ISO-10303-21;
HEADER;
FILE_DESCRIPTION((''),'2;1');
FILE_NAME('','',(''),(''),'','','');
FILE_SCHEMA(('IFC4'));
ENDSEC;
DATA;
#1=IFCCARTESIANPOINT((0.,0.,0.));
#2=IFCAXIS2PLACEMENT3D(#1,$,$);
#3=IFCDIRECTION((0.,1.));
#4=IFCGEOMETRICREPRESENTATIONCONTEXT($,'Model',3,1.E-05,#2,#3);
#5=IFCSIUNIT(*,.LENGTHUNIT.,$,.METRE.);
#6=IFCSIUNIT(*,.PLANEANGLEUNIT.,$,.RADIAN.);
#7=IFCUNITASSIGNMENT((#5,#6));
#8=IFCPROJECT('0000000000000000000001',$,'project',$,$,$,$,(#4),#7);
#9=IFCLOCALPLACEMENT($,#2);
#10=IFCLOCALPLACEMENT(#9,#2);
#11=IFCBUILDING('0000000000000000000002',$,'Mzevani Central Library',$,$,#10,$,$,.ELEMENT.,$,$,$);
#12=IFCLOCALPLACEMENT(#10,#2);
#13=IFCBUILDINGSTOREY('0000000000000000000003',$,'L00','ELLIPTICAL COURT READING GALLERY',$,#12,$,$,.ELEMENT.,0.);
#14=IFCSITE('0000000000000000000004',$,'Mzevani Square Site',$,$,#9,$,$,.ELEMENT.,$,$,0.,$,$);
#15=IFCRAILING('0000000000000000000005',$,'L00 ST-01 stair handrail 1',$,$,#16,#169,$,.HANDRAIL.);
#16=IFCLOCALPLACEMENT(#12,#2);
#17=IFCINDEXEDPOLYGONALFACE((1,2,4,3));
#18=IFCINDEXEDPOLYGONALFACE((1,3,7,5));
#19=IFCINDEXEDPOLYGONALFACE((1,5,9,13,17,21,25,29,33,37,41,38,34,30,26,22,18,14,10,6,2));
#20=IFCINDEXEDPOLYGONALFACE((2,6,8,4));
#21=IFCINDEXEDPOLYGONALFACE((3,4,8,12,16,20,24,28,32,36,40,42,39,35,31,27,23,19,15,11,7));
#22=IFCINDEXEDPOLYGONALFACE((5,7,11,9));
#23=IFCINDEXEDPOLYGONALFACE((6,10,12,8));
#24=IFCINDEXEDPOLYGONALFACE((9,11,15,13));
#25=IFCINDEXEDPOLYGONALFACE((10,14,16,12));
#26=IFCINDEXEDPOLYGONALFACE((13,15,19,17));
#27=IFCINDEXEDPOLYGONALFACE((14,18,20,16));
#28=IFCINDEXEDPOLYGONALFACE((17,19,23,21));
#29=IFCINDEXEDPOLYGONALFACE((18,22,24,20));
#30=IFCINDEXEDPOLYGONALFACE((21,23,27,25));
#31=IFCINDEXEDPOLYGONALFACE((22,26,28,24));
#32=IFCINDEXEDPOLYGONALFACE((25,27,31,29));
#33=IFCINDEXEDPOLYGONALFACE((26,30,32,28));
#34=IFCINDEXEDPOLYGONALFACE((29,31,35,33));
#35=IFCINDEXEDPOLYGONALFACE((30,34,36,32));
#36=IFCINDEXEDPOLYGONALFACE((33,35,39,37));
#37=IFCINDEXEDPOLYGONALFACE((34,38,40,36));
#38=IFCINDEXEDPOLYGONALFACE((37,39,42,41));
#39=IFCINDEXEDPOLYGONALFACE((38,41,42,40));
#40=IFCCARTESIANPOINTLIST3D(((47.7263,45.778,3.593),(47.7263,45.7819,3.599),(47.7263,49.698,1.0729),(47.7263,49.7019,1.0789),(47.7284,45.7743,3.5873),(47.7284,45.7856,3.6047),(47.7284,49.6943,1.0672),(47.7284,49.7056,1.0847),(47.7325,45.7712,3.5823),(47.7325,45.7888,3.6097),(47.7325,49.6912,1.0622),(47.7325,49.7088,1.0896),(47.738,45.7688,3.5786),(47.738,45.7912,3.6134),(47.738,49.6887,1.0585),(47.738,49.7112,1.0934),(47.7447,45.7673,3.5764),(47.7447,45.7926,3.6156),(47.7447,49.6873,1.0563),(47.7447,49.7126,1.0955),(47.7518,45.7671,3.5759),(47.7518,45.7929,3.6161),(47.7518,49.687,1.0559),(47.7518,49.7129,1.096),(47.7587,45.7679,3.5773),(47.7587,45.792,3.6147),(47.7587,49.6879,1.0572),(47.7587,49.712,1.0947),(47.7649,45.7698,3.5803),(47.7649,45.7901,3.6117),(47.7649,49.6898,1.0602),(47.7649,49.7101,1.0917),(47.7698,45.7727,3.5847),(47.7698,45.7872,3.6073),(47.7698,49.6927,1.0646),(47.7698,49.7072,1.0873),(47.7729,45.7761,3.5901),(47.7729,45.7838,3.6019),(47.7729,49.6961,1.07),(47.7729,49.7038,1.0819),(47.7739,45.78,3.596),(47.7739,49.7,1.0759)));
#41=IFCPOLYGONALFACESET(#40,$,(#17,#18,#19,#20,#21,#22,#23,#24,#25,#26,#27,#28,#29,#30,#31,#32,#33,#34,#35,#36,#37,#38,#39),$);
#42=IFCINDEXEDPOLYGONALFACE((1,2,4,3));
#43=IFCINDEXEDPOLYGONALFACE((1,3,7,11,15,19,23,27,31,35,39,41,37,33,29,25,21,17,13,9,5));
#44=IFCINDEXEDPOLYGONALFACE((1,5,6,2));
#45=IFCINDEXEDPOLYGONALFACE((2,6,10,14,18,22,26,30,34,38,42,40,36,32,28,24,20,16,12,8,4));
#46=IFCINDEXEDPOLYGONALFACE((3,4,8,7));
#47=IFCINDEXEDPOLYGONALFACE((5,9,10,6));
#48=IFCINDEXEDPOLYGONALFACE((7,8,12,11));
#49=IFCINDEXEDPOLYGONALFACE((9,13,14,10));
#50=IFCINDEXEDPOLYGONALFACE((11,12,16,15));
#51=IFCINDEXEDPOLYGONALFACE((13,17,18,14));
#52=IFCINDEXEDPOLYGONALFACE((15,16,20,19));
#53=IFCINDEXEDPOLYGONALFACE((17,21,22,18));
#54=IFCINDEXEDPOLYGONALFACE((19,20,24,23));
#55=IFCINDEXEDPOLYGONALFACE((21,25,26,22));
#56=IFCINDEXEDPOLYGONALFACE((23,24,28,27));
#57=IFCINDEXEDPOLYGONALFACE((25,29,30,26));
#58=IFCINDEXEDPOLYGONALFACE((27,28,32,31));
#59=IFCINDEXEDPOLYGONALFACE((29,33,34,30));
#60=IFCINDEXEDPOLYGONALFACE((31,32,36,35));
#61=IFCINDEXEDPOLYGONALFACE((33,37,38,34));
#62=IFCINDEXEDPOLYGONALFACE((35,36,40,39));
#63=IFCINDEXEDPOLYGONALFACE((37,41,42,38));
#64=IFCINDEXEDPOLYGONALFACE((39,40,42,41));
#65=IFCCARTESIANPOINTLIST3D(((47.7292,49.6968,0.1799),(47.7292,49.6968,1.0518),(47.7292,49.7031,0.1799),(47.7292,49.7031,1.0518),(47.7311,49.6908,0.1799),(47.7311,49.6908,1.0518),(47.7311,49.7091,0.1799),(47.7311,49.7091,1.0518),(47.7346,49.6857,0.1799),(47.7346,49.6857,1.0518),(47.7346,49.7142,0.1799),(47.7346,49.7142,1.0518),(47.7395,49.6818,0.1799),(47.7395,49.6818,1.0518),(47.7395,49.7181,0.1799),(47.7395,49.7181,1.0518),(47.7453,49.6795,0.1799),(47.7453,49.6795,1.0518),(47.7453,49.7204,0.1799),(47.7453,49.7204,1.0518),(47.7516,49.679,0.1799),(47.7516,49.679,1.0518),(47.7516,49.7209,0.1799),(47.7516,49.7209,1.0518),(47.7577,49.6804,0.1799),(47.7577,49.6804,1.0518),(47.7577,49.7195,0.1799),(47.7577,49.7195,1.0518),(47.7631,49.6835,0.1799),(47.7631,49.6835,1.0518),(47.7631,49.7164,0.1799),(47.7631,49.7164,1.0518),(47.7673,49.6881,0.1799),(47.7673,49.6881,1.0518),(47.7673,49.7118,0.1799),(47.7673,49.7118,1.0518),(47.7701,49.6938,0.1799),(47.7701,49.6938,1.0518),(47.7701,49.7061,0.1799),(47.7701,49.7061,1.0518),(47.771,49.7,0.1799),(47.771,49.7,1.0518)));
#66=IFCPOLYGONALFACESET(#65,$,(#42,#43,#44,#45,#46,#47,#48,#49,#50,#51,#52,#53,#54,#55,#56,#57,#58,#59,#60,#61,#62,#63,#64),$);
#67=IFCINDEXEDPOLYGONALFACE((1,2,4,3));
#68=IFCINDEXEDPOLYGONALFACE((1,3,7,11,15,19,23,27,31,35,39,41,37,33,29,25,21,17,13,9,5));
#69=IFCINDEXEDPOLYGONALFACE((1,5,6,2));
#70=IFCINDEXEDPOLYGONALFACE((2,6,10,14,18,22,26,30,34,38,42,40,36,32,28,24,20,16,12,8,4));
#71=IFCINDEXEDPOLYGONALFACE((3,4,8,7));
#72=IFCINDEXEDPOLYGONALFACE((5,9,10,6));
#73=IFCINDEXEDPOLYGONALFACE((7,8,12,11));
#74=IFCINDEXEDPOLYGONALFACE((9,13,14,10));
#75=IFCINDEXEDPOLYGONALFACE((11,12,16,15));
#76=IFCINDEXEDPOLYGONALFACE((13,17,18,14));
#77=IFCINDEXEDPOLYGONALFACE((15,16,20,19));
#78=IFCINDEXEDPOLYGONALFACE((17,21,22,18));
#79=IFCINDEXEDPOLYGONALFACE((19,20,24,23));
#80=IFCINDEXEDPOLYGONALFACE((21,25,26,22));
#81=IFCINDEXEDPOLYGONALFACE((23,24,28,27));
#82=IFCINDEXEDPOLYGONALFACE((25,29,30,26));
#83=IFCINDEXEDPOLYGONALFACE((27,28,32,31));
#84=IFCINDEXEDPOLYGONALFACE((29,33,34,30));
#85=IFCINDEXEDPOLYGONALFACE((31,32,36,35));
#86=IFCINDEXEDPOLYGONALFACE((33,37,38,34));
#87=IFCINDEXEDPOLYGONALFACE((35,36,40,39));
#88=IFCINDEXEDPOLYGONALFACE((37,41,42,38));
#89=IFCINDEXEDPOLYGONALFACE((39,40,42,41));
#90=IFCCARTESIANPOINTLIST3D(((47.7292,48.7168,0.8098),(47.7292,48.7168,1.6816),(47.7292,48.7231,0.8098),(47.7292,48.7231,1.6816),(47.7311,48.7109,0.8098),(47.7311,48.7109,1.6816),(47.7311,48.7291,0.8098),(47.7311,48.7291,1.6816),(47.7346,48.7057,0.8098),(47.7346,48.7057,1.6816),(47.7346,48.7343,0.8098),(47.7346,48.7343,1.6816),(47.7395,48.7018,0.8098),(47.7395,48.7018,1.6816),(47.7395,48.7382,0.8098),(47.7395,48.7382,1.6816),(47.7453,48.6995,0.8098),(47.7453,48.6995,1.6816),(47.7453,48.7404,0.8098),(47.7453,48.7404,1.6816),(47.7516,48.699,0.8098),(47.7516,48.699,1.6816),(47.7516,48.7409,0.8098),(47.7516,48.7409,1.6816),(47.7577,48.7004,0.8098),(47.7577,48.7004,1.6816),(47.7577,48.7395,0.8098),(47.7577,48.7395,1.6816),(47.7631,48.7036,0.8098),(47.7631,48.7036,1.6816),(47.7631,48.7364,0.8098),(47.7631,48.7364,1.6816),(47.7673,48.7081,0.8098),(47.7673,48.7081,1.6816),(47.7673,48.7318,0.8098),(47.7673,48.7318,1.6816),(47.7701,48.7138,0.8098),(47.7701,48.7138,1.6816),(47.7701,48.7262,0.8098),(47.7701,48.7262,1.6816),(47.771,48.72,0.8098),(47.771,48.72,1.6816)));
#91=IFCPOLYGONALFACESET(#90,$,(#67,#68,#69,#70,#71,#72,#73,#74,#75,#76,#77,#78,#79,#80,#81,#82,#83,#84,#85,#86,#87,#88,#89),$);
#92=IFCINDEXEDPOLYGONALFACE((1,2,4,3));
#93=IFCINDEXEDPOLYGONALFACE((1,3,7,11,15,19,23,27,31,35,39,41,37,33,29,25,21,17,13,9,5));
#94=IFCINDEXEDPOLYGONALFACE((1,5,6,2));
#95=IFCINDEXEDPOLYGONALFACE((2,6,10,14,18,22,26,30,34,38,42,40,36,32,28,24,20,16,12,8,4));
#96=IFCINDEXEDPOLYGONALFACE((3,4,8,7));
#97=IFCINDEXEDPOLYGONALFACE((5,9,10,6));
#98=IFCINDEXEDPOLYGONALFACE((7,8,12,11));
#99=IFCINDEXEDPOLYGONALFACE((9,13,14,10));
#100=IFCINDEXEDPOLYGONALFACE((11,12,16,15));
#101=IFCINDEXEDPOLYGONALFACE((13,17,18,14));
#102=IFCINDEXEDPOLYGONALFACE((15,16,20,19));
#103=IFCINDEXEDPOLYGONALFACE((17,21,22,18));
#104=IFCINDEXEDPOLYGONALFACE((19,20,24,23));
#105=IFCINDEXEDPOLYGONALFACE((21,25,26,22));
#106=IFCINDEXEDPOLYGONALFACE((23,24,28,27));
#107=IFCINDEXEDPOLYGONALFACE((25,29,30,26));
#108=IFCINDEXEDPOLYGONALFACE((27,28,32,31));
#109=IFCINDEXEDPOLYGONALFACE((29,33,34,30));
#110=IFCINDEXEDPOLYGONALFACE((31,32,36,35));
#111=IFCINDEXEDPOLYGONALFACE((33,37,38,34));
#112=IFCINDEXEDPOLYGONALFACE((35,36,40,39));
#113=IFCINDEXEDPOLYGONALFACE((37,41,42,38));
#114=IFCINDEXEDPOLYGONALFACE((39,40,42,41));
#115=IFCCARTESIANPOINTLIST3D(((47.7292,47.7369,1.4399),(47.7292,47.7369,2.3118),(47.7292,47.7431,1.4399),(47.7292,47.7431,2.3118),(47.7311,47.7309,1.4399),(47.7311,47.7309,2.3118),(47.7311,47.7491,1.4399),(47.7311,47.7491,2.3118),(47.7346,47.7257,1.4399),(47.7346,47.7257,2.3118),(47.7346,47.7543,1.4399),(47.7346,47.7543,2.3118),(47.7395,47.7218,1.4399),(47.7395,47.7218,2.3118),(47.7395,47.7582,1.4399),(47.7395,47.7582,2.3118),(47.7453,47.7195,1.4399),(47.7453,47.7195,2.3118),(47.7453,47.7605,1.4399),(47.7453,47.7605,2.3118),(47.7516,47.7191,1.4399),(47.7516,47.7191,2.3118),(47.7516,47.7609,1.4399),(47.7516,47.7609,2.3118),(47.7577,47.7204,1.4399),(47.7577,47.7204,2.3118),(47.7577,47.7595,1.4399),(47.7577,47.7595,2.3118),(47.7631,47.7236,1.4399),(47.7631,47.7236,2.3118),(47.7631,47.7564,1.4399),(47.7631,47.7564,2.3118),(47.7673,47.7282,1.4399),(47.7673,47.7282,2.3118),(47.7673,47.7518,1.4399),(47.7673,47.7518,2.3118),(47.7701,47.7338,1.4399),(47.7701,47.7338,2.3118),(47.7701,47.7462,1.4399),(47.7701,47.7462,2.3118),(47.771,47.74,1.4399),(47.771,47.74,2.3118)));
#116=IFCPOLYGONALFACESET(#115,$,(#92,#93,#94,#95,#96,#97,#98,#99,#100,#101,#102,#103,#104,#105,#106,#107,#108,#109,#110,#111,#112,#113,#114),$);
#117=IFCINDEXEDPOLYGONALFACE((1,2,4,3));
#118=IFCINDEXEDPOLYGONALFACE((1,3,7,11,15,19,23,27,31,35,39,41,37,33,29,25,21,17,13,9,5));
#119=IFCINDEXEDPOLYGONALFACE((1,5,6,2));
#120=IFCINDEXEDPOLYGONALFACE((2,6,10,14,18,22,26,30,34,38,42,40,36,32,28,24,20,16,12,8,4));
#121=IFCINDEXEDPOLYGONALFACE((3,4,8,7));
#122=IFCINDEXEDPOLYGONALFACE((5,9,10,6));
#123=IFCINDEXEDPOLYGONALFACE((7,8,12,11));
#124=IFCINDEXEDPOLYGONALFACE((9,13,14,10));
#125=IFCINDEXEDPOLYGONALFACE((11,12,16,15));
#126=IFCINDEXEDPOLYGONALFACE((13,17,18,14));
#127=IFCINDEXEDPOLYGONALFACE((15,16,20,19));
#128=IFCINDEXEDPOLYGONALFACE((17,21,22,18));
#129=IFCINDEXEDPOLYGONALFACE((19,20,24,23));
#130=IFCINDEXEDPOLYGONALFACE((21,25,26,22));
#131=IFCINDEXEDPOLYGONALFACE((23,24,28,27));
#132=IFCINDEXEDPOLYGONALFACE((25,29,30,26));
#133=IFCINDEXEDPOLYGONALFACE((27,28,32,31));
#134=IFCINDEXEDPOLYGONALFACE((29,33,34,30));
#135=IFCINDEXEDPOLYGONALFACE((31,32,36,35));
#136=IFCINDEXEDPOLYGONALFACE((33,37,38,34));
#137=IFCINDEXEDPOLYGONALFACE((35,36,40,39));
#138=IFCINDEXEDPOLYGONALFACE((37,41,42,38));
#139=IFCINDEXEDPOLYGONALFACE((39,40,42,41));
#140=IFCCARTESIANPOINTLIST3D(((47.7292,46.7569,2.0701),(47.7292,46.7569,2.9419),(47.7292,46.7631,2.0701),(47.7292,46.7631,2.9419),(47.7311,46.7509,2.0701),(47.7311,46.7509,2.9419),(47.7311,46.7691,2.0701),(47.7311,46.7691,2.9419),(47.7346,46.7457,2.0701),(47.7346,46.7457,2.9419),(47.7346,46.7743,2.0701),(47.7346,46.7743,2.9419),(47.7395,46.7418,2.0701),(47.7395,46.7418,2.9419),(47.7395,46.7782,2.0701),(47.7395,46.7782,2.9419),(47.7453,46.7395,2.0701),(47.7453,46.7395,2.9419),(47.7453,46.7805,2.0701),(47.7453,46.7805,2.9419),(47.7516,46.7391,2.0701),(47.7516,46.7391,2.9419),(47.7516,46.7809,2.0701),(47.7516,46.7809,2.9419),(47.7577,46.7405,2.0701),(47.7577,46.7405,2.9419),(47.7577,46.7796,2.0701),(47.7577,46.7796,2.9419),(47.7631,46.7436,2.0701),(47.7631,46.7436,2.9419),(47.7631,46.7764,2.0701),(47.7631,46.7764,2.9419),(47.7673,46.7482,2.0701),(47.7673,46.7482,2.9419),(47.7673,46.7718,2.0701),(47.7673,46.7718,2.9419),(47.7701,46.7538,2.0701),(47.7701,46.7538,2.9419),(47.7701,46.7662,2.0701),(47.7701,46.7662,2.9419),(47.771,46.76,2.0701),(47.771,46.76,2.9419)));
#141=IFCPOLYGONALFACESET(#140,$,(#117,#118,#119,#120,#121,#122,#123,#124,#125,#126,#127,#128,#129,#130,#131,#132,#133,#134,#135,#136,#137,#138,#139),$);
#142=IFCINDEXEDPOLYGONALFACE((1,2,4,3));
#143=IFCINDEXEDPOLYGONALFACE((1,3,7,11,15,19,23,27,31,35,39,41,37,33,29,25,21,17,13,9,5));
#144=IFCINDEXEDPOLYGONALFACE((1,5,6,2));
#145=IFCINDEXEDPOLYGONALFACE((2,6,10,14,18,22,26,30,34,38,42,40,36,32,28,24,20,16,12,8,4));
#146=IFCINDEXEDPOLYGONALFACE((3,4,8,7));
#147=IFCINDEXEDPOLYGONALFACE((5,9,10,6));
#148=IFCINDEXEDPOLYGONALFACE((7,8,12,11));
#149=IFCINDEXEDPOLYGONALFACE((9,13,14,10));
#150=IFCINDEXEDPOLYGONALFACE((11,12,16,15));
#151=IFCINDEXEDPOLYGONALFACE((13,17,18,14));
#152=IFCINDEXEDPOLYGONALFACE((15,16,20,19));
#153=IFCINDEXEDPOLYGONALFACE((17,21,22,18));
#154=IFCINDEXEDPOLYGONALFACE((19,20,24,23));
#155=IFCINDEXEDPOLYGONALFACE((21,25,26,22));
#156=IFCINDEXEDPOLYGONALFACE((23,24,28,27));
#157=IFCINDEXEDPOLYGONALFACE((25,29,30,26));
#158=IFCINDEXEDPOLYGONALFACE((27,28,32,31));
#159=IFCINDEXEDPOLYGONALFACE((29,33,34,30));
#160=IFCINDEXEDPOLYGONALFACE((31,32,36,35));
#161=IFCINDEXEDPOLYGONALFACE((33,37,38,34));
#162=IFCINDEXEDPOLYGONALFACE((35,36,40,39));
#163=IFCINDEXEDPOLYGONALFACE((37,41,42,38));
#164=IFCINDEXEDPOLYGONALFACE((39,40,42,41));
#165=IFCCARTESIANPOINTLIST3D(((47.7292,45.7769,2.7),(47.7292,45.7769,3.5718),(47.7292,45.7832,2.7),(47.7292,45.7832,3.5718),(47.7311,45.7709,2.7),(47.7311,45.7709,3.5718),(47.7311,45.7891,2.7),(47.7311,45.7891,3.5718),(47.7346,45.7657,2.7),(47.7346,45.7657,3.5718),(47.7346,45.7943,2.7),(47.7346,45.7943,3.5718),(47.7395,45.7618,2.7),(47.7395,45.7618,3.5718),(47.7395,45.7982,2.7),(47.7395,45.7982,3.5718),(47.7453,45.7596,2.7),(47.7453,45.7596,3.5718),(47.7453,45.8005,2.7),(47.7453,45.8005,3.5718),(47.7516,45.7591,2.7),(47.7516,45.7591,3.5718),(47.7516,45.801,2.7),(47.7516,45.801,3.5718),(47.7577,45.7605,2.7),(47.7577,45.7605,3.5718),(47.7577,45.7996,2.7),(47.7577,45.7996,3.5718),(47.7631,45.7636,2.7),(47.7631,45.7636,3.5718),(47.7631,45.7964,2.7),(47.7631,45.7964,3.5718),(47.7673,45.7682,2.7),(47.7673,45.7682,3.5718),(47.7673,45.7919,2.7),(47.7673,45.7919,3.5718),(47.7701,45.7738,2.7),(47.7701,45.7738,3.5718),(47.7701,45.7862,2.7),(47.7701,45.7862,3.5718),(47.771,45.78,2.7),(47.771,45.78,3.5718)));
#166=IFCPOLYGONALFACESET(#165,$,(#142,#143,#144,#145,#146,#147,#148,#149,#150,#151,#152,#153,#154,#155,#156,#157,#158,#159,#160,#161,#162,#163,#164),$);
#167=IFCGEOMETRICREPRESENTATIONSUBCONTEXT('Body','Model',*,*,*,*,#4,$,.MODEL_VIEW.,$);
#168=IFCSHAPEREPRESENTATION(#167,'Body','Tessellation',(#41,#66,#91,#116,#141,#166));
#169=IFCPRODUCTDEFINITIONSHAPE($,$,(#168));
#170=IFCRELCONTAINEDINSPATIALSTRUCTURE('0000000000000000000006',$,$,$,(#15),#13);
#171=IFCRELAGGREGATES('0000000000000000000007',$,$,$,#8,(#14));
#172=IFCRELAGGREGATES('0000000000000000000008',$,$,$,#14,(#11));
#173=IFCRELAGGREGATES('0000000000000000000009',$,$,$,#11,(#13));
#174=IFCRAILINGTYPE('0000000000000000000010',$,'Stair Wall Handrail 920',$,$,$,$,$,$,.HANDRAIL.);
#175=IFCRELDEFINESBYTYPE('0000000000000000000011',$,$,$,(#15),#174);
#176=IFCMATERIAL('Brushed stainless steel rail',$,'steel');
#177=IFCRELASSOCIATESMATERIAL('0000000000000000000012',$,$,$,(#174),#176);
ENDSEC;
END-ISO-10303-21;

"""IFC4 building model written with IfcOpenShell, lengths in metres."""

from ifc_helpers import new_model, si_unit, direction, frame, origin, origin_2d, place, context, subcontext, project, spatial, circle, extrude, material, type_object, element, save


model = new_model("IFC4")

# Units and contexts
model_context = context("Model", 3, precision=1e-05, world=origin(), true_north=direction((0.0, 1.0)))
body_context = subcontext(model_context, "Body", "Model", "MODEL_VIEW")
ifc_project = project(units=[si_unit("LENGTHUNIT", "METRE"), si_unit("PLANEANGLEUNIT", "RADIAN")], contexts=[model_context])

# Site, building, storey
site_placement = place(None, origin())
site = spatial("IfcSite", under=ifc_project, at=site_placement, Name="Mzevani Square Site", CompositionType="ELEMENT", RefElevation=0.0)
building_placement = place(site_placement, origin())
building = spatial("IfcBuilding", under=site, at=building_placement, Name="Mzevani Central Library", CompositionType="ELEMENT")
storey_placement = place(building_placement, origin())
storey = spatial("IfcBuildingStorey", under=building, at=storey_placement, Name="L00", Description="ELLIPTICAL COURT READING GALLERY", CompositionType="ELEMENT", Elevation=0.0)

# Railing
ifc_material_1 = material(Name="Brushed stainless steel rail", Category="steel")
railing_type_1 = type_object("IfcRailingType", Name="Stair Wall Handrail 920", PredefinedType="HANDRAIL", material=ifc_material_1)
railing_1_placement = place(storey_placement, frame((47.75, 49.7, 0.1799)))
element("IfcRailing", 1, at=railing_1_placement, inside=storey, type_object=railing_type_1, Name="L00 ST-01 stair handrail 1", PredefinedType="HANDRAIL", context=body_context, shape_type="SweptSolid", body=[
    extrude(circle(Radius=0.0239, at=origin_2d()), frame((0.0, 0.0, 0.896), z_axis=(0.0, -0.841172, 0.540768), x_axis=(1.0, 0.0, 0.0)), (0.0, 0.0, 1.0), 4.6602),
    extrude(circle(Radius=0.021, at=origin_2d()), origin(), (0.0, 0.0, 1.0), 0.8718),
    extrude(circle(Radius=0.021, at=origin_2d()), frame((0.0, -0.98, 0.6299)), (0.0, 0.0, 1.0), 0.8718),
    extrude(circle(Radius=0.021, at=origin_2d()), frame((0.0, -1.96, 1.26)), (0.0, 0.0, 1.0), 0.8718),
    extrude(circle(Radius=0.021, at=origin_2d()), frame((0.0, -2.9399, 1.8901)), (0.0, 0.0, 1.0), 0.8718),
    extrude(circle(Radius=0.021, at=origin_2d()), frame((0.0, -3.9199, 2.52)), (0.0, 0.0, 1.0), 0.8718),
])

save(model, "model.ifc")
